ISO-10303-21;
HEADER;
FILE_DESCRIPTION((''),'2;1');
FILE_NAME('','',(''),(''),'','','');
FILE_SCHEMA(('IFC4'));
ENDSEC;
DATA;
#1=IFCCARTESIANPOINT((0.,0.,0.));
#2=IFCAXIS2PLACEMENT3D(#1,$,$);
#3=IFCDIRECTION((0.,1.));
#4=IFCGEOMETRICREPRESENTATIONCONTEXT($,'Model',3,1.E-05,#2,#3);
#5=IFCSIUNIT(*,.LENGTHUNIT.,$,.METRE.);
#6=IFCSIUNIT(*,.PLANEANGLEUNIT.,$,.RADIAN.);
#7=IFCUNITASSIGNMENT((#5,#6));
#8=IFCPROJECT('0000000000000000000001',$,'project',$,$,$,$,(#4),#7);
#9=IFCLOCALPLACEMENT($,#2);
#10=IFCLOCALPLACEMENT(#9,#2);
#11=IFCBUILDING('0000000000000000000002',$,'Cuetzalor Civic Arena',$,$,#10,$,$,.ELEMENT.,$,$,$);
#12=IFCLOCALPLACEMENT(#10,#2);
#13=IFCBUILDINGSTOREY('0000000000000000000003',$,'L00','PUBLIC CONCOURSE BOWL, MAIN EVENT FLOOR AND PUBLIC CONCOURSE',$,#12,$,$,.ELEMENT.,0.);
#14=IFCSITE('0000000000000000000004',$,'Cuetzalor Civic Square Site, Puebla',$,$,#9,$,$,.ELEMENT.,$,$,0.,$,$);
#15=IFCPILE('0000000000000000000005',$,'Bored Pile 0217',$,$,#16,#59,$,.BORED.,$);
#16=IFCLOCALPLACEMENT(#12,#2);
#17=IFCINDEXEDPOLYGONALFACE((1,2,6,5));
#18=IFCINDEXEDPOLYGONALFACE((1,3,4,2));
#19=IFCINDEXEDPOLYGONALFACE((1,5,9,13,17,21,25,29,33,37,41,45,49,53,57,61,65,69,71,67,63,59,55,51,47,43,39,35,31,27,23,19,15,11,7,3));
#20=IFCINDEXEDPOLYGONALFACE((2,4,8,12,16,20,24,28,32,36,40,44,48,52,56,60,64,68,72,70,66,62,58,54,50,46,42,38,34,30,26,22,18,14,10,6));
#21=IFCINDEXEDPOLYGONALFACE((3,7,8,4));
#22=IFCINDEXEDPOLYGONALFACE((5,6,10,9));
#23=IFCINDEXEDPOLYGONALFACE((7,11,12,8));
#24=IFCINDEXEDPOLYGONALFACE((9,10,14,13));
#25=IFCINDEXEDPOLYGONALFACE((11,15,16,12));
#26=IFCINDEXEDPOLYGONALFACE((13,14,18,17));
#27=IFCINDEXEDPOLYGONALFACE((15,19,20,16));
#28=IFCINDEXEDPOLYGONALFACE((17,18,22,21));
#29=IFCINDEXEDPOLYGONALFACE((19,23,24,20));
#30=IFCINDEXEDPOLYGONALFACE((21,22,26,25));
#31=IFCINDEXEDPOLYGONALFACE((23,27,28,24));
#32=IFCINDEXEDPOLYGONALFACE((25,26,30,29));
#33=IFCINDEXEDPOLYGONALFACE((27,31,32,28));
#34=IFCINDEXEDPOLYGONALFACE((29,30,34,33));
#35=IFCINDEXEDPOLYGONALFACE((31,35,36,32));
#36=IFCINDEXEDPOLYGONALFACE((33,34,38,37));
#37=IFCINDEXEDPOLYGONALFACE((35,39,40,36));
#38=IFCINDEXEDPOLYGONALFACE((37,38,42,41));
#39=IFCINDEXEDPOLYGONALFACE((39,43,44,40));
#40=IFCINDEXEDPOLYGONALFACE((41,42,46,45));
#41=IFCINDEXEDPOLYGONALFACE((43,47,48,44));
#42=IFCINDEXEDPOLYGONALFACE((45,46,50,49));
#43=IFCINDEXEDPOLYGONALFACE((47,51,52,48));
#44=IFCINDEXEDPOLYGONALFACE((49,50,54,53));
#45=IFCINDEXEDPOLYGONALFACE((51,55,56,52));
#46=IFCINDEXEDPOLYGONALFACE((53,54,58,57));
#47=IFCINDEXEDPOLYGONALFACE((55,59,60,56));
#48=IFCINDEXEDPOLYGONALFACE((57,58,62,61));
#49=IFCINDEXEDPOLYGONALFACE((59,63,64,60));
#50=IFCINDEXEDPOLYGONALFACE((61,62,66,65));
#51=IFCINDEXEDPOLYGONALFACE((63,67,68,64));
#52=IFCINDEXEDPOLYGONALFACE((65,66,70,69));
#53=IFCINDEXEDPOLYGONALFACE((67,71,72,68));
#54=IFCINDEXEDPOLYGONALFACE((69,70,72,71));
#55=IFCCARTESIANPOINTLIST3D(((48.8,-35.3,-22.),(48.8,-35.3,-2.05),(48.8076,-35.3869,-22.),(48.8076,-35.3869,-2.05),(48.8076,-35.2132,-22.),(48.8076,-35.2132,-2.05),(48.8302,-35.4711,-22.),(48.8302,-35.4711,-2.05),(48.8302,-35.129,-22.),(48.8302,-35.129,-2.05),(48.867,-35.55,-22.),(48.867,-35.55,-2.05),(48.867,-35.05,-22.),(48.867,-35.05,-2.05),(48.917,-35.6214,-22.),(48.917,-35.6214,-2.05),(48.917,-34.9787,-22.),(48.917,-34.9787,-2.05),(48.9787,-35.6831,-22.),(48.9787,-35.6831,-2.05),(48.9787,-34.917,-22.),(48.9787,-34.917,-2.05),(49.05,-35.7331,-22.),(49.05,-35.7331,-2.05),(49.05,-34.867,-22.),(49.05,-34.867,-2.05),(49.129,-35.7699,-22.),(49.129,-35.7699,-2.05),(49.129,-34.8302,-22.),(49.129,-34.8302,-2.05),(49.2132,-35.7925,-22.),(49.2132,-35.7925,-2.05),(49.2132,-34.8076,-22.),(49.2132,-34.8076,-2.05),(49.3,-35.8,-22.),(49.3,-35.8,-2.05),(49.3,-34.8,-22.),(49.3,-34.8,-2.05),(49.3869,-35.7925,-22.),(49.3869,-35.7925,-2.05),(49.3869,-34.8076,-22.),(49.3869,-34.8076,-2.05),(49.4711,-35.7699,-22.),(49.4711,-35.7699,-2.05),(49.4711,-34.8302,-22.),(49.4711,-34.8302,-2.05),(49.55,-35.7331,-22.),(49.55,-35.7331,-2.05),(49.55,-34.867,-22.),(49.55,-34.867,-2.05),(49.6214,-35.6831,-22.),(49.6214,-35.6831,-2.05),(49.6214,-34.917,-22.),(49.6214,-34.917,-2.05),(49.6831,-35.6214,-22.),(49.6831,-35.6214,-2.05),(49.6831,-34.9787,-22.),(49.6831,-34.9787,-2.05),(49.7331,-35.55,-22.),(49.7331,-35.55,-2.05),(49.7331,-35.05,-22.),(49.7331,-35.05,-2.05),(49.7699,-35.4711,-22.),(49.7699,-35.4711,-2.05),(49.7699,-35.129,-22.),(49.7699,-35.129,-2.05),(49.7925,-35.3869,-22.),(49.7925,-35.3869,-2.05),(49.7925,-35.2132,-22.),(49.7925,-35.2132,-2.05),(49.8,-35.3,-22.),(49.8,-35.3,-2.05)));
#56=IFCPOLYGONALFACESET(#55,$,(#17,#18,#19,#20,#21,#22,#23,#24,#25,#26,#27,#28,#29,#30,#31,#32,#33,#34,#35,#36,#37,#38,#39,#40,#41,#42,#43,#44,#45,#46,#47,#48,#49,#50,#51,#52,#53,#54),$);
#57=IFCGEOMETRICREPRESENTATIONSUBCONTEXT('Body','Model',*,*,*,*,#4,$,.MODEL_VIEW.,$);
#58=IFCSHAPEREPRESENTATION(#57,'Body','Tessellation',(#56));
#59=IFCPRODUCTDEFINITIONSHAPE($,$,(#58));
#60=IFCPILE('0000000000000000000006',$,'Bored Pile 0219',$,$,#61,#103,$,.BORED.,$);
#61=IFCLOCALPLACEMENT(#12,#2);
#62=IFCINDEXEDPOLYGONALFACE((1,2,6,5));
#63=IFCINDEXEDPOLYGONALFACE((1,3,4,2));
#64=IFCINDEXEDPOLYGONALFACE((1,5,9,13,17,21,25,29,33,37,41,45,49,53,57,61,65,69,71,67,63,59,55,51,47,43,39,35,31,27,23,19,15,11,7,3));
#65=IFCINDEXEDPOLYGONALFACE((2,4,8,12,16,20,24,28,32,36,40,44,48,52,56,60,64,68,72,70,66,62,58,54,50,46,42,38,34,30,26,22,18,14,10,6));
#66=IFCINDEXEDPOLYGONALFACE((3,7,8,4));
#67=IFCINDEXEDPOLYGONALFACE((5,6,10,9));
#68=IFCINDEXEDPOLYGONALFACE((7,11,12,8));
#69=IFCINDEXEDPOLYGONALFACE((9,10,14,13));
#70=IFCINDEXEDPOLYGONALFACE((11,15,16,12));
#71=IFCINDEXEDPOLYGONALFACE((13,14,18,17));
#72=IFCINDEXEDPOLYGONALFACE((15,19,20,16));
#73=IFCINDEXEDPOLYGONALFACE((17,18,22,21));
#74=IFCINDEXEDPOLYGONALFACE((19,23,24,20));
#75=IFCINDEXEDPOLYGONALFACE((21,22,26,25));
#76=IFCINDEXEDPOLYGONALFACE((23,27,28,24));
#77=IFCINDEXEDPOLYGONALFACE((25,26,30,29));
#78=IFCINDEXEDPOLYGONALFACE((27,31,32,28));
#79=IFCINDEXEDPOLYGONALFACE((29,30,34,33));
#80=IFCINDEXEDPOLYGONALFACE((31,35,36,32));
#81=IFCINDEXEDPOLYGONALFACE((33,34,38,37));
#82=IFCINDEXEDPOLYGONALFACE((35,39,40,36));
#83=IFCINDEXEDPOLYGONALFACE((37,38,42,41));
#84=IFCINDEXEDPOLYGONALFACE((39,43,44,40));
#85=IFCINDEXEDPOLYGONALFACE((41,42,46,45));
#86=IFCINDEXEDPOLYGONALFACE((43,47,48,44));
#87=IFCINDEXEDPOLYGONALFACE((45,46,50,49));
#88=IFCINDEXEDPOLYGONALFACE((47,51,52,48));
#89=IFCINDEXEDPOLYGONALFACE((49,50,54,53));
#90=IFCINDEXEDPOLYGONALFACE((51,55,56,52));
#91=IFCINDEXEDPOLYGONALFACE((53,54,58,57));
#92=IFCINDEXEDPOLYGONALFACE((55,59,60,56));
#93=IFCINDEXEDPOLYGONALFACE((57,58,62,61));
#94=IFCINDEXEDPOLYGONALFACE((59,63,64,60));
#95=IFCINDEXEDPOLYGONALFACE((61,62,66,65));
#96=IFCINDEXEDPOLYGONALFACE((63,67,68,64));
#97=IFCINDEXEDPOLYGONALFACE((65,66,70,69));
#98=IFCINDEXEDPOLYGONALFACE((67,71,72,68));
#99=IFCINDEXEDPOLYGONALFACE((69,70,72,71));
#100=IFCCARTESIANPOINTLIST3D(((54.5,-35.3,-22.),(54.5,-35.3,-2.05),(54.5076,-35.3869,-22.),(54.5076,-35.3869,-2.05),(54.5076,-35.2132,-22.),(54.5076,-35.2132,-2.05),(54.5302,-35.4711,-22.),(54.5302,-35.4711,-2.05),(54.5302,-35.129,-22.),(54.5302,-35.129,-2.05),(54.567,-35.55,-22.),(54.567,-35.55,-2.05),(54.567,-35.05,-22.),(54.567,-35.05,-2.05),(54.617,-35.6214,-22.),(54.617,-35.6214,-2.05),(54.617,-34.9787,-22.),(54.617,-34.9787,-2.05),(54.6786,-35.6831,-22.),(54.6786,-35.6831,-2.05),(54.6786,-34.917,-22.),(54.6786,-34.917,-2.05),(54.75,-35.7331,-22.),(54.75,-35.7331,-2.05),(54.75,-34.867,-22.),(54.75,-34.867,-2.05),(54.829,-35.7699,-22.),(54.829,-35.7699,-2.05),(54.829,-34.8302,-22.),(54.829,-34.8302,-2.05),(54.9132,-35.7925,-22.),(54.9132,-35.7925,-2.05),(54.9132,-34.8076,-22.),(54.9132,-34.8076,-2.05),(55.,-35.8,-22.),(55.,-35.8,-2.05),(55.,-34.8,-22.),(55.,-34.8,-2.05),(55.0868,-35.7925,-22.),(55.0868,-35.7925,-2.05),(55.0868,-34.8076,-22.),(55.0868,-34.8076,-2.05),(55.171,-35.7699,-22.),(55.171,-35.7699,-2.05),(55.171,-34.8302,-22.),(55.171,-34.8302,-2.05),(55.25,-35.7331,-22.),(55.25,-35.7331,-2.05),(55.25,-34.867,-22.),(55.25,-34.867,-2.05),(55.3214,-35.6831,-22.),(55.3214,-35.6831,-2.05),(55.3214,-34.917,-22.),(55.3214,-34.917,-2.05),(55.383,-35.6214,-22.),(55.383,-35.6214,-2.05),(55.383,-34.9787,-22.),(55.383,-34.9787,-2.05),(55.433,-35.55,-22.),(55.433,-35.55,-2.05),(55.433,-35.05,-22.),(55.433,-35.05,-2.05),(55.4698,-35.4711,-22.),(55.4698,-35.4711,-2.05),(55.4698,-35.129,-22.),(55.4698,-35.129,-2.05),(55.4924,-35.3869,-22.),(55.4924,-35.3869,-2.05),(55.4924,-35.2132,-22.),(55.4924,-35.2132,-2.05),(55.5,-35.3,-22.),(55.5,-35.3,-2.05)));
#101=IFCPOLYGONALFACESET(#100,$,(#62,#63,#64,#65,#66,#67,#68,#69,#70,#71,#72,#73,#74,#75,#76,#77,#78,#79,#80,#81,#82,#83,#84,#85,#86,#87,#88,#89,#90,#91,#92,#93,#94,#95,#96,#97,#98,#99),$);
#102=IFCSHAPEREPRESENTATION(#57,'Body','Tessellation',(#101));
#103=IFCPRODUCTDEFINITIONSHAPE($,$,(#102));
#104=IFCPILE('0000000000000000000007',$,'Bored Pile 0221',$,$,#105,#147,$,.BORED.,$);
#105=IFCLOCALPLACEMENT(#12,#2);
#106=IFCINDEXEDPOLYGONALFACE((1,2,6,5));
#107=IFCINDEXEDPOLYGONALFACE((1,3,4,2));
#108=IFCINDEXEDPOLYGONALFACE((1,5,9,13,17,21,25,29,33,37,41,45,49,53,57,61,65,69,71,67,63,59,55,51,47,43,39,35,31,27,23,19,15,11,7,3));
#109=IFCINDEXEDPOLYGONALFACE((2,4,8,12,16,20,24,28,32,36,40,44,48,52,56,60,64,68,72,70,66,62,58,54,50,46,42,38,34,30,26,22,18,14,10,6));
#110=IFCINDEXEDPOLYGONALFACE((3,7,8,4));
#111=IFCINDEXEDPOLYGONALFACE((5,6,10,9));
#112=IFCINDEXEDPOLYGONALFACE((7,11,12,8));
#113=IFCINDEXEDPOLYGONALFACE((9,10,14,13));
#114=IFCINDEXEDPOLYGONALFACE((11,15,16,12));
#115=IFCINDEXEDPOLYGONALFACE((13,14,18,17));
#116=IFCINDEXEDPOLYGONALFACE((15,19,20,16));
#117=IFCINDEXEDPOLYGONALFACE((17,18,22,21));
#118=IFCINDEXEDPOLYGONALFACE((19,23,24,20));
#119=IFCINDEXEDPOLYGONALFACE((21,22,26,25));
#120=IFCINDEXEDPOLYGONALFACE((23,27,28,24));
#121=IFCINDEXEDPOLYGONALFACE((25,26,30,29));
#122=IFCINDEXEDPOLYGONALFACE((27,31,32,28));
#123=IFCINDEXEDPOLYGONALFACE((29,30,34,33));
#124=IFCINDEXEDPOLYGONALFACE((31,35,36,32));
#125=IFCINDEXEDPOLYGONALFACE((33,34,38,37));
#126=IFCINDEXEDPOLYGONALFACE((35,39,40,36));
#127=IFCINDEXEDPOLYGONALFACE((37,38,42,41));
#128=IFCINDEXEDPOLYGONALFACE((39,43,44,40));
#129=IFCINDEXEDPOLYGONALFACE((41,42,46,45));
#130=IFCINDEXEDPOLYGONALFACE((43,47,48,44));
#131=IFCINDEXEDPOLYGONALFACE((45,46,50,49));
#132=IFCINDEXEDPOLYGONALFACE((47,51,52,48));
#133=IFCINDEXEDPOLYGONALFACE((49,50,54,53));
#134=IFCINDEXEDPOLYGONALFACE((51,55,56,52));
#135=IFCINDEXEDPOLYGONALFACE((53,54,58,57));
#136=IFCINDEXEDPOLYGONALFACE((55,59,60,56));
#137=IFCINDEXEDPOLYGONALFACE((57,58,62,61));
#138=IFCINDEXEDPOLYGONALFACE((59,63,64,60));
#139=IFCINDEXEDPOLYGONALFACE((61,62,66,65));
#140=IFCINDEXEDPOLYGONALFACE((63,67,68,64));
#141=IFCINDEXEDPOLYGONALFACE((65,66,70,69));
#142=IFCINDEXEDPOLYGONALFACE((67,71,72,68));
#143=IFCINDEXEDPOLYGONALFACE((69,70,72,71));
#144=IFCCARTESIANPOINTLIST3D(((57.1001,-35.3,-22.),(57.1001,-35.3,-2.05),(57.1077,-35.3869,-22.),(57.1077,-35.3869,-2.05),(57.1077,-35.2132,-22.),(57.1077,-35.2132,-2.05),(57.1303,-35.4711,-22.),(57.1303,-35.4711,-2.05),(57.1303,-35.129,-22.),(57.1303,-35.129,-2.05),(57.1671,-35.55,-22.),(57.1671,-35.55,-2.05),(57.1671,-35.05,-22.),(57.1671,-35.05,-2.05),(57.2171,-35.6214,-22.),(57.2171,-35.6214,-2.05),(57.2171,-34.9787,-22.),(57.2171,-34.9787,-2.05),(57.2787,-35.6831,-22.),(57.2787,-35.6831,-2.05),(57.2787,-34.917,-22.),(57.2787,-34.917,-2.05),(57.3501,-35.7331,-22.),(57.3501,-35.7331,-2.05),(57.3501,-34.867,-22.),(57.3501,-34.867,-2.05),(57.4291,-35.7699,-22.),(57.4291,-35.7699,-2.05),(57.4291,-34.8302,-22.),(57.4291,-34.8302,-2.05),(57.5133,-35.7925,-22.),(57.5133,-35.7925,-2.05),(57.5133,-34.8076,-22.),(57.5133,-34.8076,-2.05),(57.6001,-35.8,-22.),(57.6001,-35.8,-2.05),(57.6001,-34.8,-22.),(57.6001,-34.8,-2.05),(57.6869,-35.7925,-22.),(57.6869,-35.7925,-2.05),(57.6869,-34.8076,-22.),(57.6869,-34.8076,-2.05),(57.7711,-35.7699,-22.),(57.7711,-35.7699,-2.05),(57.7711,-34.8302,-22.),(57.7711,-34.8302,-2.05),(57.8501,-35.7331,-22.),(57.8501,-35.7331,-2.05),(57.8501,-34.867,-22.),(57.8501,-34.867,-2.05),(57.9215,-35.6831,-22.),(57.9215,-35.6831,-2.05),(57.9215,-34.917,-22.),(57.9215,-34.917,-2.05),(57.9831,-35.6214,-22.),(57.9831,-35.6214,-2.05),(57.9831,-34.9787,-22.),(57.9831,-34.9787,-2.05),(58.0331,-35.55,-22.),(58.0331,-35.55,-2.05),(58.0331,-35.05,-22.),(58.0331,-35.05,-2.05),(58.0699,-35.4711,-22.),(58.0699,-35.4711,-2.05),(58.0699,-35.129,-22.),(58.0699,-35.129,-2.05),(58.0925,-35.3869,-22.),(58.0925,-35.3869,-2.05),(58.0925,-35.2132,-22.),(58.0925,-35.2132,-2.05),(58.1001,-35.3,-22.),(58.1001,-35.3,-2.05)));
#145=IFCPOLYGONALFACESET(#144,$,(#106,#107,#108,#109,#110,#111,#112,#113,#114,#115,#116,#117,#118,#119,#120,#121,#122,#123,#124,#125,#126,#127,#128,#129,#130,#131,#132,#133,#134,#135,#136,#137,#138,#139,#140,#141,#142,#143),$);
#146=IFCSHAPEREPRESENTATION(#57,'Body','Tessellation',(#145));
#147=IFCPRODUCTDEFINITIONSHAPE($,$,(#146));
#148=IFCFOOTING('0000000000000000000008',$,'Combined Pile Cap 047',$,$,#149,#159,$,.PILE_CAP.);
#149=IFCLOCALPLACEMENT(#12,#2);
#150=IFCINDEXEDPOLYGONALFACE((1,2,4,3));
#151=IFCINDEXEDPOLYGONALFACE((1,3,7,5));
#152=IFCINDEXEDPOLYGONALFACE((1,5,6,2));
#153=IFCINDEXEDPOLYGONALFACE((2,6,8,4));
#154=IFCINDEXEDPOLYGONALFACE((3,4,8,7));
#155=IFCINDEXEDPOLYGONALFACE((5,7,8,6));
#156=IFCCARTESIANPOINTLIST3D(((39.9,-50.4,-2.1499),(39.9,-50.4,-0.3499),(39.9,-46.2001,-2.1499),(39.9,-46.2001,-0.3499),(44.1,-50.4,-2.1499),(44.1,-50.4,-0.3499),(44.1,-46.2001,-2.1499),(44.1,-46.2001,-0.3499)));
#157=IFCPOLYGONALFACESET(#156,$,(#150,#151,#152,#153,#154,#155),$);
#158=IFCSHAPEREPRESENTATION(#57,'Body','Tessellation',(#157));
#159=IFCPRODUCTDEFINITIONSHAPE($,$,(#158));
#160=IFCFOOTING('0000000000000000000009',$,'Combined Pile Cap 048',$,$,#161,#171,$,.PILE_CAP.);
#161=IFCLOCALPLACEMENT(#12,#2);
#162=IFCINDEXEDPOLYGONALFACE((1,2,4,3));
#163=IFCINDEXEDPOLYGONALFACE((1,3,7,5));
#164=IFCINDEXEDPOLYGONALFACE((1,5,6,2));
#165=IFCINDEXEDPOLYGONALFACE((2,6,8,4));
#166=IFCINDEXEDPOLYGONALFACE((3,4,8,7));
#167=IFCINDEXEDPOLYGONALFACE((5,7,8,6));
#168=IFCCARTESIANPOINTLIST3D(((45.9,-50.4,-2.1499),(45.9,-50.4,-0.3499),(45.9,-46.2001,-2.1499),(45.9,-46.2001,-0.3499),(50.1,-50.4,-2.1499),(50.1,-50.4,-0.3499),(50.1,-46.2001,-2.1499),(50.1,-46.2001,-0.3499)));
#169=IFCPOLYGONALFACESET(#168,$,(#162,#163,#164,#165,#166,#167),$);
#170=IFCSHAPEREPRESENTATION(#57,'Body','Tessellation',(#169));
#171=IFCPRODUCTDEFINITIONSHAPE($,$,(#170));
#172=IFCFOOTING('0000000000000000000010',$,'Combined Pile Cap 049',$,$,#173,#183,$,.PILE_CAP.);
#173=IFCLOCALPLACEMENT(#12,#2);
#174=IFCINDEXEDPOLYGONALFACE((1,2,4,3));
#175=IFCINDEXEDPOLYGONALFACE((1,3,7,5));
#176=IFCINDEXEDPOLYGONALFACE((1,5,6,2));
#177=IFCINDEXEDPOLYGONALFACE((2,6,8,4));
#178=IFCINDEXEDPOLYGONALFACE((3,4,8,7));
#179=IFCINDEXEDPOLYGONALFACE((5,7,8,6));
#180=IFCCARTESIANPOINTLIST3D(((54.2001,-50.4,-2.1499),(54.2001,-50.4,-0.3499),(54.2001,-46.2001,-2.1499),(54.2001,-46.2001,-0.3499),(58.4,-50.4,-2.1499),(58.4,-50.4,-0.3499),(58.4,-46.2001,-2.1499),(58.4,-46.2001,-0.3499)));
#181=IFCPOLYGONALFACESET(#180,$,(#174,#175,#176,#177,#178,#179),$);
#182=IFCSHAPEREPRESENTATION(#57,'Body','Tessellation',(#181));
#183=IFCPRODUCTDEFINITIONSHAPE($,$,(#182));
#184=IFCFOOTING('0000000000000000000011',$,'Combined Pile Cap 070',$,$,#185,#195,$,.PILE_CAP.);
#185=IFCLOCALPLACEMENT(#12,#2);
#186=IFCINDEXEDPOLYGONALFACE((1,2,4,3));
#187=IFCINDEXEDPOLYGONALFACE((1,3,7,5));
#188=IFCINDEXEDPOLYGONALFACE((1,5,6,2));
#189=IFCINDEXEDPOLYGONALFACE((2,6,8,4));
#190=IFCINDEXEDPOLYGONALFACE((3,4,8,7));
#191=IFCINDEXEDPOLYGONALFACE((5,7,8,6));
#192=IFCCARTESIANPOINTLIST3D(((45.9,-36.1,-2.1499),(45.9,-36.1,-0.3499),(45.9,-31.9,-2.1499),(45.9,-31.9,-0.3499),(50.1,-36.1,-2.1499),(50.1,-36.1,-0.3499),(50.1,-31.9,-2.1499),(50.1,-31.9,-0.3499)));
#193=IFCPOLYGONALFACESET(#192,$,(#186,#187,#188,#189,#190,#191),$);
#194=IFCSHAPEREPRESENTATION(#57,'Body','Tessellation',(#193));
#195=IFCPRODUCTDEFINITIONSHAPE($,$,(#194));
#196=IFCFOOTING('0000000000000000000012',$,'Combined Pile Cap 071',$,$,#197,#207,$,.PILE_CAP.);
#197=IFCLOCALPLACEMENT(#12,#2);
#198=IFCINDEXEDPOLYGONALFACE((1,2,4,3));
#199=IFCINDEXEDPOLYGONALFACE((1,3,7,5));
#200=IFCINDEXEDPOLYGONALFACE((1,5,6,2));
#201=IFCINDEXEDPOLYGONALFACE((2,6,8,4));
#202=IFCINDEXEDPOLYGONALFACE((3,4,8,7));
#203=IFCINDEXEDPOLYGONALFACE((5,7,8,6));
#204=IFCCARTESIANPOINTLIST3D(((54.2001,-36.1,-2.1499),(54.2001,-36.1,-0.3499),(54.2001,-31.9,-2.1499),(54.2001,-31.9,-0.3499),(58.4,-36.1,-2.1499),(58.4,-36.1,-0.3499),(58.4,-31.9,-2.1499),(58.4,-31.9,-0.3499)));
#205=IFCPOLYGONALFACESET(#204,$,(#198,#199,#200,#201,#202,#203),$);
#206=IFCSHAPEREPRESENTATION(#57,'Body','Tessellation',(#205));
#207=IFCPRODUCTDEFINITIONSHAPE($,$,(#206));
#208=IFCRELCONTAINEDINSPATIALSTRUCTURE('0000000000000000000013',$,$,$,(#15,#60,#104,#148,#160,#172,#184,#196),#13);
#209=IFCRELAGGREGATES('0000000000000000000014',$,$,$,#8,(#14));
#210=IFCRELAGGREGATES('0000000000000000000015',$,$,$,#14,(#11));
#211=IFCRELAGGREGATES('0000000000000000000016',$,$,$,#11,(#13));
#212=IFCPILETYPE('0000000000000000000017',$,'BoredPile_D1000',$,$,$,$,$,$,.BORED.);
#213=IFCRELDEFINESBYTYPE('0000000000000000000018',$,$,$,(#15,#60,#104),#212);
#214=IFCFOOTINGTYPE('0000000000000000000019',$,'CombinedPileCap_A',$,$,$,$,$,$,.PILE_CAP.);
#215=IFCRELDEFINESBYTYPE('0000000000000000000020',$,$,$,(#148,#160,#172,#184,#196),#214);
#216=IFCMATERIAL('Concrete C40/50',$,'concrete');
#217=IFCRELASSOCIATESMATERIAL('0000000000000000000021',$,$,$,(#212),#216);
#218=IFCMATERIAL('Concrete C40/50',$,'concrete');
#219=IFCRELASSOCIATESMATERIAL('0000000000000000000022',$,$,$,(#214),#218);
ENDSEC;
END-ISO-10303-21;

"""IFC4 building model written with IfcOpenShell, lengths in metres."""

from ifc_helpers import new_model, si_unit, direction, frame, origin, origin_2d, place, context, subcontext, project, spatial, rectangle, circle, extrude, material, material_profile, profile_set, type_object, element, save


model = new_model("IFC4")

# Units and contexts
model_context = context("Model", 3, precision=1e-05, world=origin(), true_north=direction((0.0, 1.0)))
body_context = subcontext(model_context, "Body", "Model", "MODEL_VIEW")
ifc_project = project(units=[si_unit("LENGTHUNIT", "METRE"), si_unit("PLANEANGLEUNIT", "RADIAN")], contexts=[model_context])

# Site, building, storey
site_placement = place(None, origin())
site = spatial("IfcSite", under=ifc_project, at=site_placement, Name="Cuetzalor Civic Square Site, Puebla", CompositionType="ELEMENT", RefElevation=0.0)
building_placement = place(site_placement, origin())
building = spatial("IfcBuilding", under=site, at=building_placement, Name="Cuetzalor Civic Arena", CompositionType="ELEMENT")
storey_placement = place(building_placement, origin())
storey = spatial("IfcBuildingStorey", under=building, at=storey_placement, Name="L00", Description="PUBLIC CONCOURSE BOWL, MAIN EVENT FLOOR AND PUBLIC CONCOURSE", CompositionType="ELEMENT", Elevation=0.0)

# Piles
ifc_material_1 = material(Name="Concrete C40/50", Category="concrete")
ifc_material_profile_1 = material_profile(ifc_material_1, circle(Radius=0.5, at=origin_2d()), Name="BORED PILE D1000")
ifc_profile_set_1 = profile_set([ifc_material_profile_1], Name="Concrete C40/50")
pile_type = type_object("IfcPileType", Name="BoredPile_D1000", PredefinedType="BORED", material=ifc_profile_set_1)
for number, where, z_axis, x_axis, name in (
    (1, (49.3, -35.3, -2.05), (0.0, 0.0, -1.0), (1.0, 0.0, 0.0), "Bored Pile 0217"),
    (2, (55.0, -35.3, -2.05), (0.0, 0.0, -1.0), (1.0, 0.0, 0.0), "Bored Pile 0219"),
    (3, (57.6001, -35.3, -2.05), (0.0, 0.0, -1.0), (1.0, 0.0, 0.0), "Bored Pile 0221"),
):
    element("IfcPile", number, at=place(storey_placement, frame(where, z_axis=z_axis, x_axis=x_axis)), inside=storey, type_object=pile_type, Name=name, PredefinedType="BORED", context=body_context, shape_type="SweptSolid", body=[
        extrude(circle(Radius=0.5, at=origin_2d()), origin(), (0.0, 0.0, 1.0), 19.95),
    ])

# Footings
ifc_material_2 = material(Name="Concrete C40/50", Category="concrete")
footing_type_1 = type_object("IfcFootingType", Name="CombinedPileCap_A", PredefinedType="PILE_CAP", material=ifc_material_2)
for number, where, z_axis, x_axis, name in (
    (4, (42.0, -48.3, -2.1499), (0.0, 0.0, 1.0), (1.0, 0.0, 0.0), "Combined Pile Cap 047"),
    (5, (48.0, -48.3, -2.1499), (0.0, 0.0, 1.0), (1.0, 0.0, 0.0), "Combined Pile Cap 048"),
    (6, (56.3, -48.3, -2.1499), (0.0, 0.0, 1.0), (1.0, 0.0, 0.0), "Combined Pile Cap 049"),
    (7, (48.0, -34.0, -2.1499), (0.0, 0.0, 1.0), (1.0, 0.0, 0.0), "Combined Pile Cap 070"),
    (8, (56.3, -34.0, -2.1499), (0.0, 0.0, 1.0), (1.0, 0.0, 0.0), "Combined Pile Cap 071"),
):
    element("IfcFooting", number, at=place(storey_placement, frame(where, z_axis=z_axis, x_axis=x_axis)), inside=storey, type_object=footing_type_1, Name=name, PredefinedType="PILE_CAP", context=body_context, shape_type="SweptSolid", body=[
        extrude(rectangle(XDim=4.2, YDim=4.2, at=origin_2d()), origin(), (0.0, 0.0, 1.0), 1.8),
    ])

save(model, "model.ifc")
